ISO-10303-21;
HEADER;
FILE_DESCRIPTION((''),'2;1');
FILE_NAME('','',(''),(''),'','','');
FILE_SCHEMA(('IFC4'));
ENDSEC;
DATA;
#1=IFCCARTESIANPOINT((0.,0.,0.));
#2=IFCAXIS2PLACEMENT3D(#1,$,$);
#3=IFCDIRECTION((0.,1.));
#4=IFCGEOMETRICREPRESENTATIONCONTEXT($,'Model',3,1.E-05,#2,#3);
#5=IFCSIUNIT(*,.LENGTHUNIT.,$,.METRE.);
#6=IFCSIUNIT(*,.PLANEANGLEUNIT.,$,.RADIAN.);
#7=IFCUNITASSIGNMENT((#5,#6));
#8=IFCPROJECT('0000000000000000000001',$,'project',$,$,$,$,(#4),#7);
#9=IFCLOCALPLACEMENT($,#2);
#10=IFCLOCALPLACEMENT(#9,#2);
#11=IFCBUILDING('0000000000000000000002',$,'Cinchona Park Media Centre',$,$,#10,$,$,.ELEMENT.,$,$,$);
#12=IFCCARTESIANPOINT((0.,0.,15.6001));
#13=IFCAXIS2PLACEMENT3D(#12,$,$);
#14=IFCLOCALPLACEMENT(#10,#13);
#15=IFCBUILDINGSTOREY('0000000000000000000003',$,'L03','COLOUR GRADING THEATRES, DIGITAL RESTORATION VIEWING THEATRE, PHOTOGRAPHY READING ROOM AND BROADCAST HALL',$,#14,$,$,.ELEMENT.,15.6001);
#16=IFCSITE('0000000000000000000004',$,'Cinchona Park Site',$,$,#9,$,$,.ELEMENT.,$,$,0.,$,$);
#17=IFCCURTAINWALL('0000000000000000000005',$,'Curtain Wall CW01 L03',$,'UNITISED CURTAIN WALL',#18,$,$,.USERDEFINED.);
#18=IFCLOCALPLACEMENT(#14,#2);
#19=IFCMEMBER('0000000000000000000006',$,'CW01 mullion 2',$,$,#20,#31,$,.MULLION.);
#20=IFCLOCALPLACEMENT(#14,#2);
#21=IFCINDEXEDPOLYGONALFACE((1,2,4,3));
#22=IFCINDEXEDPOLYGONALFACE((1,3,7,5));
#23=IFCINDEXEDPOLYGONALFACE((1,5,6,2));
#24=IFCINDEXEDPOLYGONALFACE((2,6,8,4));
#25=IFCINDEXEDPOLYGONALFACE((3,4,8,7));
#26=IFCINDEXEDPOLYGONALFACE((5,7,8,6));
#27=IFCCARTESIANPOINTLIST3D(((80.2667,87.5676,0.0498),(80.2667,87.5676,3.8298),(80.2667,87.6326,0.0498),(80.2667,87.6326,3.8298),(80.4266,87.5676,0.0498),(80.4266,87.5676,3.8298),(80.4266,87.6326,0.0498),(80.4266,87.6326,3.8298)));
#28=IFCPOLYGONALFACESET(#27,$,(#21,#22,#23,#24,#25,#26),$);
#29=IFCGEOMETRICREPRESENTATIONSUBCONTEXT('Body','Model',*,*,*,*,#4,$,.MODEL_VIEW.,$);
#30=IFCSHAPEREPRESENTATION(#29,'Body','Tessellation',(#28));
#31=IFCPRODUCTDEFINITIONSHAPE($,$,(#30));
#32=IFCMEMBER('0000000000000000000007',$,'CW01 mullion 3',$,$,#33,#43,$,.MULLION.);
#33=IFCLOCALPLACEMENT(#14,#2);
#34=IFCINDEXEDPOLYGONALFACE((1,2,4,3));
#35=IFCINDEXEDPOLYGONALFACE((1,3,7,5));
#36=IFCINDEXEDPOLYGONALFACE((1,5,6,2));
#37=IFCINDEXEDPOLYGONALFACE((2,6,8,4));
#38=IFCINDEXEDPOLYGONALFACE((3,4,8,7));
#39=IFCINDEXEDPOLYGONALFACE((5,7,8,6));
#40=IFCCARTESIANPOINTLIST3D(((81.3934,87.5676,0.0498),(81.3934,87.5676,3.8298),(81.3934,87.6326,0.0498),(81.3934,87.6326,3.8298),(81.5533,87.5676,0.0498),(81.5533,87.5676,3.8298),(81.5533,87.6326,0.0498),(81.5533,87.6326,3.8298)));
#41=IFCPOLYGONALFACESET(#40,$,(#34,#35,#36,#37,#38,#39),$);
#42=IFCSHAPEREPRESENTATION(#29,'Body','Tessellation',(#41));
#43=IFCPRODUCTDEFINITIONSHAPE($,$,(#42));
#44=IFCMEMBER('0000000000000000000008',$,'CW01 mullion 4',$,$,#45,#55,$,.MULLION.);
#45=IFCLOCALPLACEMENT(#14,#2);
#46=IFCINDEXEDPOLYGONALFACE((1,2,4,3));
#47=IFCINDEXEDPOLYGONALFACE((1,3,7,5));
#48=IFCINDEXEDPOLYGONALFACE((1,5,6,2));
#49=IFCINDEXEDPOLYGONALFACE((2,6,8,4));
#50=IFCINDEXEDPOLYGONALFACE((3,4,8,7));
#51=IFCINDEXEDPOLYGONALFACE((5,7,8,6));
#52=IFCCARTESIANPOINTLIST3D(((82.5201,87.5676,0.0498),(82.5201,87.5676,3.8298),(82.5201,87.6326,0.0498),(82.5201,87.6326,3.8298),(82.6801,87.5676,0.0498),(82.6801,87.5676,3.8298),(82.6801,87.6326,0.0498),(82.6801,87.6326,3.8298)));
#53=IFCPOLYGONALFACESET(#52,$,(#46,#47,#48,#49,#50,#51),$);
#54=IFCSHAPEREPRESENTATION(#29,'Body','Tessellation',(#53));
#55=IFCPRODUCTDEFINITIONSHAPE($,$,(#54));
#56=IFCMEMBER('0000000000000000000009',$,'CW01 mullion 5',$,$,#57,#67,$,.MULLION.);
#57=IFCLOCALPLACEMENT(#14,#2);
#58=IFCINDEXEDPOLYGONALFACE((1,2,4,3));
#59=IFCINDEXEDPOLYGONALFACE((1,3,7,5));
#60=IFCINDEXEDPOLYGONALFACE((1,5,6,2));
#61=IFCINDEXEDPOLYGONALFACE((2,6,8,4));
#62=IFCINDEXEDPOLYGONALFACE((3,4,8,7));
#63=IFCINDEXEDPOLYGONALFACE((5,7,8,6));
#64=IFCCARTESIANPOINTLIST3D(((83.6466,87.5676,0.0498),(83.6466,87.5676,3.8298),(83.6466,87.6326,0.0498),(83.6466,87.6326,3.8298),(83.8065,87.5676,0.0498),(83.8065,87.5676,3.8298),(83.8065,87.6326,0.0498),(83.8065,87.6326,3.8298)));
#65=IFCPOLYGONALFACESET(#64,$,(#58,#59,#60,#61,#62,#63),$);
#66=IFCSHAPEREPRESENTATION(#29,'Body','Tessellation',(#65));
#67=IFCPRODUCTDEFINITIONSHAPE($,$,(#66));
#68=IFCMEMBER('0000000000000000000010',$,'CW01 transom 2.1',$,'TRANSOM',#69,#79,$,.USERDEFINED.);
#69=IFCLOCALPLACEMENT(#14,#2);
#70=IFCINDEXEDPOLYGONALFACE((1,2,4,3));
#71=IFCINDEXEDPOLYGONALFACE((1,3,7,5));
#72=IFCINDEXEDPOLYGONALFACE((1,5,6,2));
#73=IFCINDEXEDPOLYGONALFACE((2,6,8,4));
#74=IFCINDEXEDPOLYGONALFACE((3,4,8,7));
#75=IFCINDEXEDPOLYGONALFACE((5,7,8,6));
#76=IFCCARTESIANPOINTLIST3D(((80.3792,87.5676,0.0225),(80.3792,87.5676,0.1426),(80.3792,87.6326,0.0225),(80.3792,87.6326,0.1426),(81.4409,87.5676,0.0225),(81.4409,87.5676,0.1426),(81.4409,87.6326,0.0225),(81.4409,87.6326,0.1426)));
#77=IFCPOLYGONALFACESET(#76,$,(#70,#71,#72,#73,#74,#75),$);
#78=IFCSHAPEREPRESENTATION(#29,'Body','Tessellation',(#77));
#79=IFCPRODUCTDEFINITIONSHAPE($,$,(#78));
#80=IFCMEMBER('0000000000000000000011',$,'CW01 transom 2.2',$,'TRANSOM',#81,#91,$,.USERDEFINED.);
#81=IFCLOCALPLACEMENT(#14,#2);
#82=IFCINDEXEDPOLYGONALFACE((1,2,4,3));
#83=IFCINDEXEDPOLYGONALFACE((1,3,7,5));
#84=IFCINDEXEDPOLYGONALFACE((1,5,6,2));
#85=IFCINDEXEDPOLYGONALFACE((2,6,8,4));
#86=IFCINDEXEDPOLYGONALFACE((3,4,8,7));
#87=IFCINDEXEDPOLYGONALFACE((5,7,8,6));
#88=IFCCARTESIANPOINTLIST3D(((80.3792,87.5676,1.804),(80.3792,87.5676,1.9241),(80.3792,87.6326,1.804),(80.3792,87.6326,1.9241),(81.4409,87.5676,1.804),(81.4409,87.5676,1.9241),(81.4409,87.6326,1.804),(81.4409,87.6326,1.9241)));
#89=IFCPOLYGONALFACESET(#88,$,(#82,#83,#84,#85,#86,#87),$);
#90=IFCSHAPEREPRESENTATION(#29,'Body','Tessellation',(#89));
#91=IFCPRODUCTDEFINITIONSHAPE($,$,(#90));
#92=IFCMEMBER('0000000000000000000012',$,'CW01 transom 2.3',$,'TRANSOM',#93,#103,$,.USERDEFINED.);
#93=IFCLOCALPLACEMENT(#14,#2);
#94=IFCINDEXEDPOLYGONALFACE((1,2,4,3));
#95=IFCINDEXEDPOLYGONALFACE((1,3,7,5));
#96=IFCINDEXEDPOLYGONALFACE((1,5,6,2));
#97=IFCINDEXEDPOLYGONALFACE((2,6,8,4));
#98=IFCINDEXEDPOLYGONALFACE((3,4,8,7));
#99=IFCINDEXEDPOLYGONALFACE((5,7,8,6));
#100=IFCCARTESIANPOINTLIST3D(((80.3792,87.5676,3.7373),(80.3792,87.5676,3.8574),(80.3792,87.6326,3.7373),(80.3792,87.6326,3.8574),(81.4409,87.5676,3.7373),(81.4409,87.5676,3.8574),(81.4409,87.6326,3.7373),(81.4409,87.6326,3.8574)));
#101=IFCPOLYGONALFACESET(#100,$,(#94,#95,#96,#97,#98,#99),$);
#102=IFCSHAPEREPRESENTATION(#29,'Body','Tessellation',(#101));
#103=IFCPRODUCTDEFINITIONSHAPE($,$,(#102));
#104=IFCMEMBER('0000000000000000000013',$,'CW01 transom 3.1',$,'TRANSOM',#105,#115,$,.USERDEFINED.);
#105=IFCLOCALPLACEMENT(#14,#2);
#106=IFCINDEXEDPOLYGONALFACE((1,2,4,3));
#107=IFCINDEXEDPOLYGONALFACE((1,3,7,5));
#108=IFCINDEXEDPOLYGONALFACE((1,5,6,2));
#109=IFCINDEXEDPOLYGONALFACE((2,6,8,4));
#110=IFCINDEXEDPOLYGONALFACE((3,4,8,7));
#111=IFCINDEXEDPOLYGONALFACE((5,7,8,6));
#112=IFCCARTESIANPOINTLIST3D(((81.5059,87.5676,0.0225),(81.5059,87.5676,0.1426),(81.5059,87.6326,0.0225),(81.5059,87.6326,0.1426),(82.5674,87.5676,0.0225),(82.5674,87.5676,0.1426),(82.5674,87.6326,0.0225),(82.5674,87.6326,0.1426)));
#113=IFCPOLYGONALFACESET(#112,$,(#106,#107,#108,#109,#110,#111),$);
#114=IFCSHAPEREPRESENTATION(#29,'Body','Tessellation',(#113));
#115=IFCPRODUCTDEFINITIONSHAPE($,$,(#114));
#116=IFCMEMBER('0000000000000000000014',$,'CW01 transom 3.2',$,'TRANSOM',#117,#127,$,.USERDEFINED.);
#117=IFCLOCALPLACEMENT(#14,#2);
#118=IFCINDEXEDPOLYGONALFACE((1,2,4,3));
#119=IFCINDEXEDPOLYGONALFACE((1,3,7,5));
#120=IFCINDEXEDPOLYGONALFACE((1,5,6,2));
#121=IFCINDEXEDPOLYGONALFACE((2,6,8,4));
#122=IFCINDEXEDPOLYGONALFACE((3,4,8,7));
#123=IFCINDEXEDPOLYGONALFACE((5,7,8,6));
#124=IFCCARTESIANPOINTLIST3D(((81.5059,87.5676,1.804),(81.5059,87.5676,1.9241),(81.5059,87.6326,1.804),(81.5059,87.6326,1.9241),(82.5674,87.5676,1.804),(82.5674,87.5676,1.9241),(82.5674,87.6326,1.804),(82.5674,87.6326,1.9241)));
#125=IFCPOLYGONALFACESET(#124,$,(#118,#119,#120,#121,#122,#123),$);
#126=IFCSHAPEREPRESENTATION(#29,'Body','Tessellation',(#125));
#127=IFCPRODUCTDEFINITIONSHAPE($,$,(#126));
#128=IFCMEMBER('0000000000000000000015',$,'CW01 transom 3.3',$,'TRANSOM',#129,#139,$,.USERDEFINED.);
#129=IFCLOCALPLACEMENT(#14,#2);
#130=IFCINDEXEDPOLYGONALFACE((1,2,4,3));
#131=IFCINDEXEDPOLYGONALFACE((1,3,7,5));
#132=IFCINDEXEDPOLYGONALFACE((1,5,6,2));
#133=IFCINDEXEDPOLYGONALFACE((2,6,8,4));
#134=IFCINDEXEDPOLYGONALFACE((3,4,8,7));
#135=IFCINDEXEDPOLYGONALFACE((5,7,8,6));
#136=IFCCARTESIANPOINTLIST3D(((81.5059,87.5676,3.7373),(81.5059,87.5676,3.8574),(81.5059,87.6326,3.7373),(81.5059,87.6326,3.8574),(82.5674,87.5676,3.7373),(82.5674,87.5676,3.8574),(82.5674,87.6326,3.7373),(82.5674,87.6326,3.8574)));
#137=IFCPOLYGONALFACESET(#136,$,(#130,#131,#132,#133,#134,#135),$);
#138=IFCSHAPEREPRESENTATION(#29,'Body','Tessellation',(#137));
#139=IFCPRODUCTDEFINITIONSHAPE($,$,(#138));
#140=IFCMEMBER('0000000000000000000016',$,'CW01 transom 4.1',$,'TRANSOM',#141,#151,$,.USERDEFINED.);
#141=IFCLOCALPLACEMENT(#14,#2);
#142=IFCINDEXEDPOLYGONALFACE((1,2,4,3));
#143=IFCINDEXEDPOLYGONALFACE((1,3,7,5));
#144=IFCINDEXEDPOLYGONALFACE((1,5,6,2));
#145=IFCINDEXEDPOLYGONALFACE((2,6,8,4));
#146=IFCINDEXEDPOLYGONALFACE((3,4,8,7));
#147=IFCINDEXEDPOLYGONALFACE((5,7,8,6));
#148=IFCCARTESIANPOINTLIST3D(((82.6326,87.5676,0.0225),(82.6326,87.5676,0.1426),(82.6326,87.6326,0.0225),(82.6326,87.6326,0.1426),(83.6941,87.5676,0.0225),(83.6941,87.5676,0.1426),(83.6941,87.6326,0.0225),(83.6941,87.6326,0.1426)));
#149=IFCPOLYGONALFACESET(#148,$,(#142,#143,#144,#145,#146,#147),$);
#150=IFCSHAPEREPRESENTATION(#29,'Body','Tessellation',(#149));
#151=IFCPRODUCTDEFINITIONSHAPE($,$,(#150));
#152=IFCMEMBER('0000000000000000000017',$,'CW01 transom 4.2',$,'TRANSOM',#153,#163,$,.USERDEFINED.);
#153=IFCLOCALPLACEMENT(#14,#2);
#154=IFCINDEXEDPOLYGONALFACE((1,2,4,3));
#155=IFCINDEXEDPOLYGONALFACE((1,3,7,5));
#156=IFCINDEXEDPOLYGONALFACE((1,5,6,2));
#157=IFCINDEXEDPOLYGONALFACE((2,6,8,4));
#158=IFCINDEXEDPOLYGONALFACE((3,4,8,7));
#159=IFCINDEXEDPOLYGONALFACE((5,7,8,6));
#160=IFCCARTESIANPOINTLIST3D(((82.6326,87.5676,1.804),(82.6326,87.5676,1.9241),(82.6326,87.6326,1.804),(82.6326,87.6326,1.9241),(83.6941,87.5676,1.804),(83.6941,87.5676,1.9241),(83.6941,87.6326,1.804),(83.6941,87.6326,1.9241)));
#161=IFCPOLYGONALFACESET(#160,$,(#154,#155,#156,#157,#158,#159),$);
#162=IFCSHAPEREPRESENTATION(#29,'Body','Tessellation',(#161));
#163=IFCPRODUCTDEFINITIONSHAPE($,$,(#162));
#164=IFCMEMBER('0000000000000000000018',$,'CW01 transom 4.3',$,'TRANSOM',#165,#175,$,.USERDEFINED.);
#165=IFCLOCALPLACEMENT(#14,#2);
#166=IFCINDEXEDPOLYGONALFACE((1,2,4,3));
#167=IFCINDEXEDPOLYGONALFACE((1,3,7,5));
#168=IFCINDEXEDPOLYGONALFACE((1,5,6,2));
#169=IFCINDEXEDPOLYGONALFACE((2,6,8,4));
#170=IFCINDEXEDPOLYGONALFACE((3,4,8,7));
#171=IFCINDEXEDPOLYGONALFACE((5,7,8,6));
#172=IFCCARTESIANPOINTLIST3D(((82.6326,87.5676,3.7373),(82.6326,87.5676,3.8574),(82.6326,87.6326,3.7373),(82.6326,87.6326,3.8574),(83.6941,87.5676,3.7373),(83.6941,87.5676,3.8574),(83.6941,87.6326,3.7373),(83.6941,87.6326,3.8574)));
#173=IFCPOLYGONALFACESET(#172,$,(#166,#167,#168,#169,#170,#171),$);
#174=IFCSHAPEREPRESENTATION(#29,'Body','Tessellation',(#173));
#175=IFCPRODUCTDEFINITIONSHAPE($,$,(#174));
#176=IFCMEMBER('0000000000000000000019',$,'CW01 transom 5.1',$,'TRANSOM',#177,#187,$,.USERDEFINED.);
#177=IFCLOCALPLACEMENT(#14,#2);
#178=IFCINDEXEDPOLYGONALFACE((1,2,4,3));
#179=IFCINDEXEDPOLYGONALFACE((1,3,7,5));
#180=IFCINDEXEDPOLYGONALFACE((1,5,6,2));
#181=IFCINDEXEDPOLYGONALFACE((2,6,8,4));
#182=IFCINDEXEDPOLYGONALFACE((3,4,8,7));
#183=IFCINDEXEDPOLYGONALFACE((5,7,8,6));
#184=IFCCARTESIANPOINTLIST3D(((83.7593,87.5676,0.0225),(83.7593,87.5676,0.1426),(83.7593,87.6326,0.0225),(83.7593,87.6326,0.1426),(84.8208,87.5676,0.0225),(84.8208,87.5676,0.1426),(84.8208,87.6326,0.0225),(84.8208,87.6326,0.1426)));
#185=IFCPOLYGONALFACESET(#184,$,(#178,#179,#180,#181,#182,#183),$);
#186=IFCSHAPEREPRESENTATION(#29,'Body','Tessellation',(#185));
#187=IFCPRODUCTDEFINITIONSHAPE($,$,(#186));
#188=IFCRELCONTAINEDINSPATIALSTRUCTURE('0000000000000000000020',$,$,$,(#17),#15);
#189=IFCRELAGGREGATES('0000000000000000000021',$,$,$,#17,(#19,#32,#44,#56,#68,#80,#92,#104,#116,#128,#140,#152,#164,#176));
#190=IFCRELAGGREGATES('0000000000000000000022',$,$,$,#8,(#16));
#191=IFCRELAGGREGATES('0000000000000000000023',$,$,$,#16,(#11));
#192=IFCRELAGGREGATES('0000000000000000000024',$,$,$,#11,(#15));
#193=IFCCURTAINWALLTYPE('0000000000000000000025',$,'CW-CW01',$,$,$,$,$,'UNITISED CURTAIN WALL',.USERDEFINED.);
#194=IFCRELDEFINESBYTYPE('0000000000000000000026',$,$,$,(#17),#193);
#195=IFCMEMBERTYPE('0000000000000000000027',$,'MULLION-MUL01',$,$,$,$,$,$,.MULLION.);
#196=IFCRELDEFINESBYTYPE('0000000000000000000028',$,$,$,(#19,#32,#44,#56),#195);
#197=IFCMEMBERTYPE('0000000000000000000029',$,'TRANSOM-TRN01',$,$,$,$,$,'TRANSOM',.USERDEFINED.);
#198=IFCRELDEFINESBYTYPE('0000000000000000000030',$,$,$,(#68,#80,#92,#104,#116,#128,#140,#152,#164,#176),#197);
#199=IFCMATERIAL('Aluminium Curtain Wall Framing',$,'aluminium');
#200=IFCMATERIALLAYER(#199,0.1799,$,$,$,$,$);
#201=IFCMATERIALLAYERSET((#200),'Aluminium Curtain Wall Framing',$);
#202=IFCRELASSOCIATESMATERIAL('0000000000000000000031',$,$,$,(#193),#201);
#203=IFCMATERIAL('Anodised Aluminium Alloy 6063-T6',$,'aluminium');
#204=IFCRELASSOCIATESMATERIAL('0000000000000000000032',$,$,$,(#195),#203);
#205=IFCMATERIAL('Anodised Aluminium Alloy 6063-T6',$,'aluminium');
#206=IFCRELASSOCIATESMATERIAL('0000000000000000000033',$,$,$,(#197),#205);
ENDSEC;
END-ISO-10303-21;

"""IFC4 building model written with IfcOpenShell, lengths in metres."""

from ifc_helpers import new_model, si_unit, direction, frame, origin, origin_2d, place, context, subcontext, project, spatial, rectangle, extrude, material, layer, layer_set, material_profile, profile_set, type_object, element, aggregate, save


model = new_model("IFC4")

# Units and contexts
model_context = context("Model", 3, precision=1e-05, world=origin(), true_north=direction((0.0, 1.0)))
body_context = subcontext(model_context, "Body", "Model", "MODEL_VIEW")
ifc_project = project(units=[si_unit("LENGTHUNIT", "METRE"), si_unit("PLANEANGLEUNIT", "RADIAN")], contexts=[model_context])

# Site, building, storey
site_placement = place(None, origin())
site = spatial("IfcSite", under=ifc_project, at=site_placement, Name="Cinchona Park Site", CompositionType="ELEMENT", RefElevation=0.0)
building_placement = place(site_placement, origin())
building = spatial("IfcBuilding", under=site, at=building_placement, Name="Cinchona Park Media Centre", CompositionType="ELEMENT")
storey_placement = place(building_placement, frame((0.0, 0.0, 15.6001)))
storey = spatial("IfcBuildingStorey", under=building, at=storey_placement, Name="L03", Description="COLOUR GRADING THEATRES, DIGITAL RESTORATION VIEWING THEATRE, PHOTOGRAPHY READING ROOM AND BROADCAST HALL", CompositionType="ELEMENT", Elevation=15.6001)

# Curtain wall, members
ifc_material_1 = material(Name="Aluminium Curtain Wall Framing", Category="aluminium")
ifc_layer_1 = layer(ifc_material_1, 0.1799)
ifc_layer_set_1 = layer_set([ifc_layer_1], Name="Aluminium Curtain Wall Framing")
curtain_wall_type = type_object("IfcCurtainWallType", Name="CW-CW01", ElementType="UNITISED CURTAIN WALL", PredefinedType="USERDEFINED", material=ifc_layer_set_1)
curtain_wall_placement = place(storey_placement, origin())
curtain_wall = element("IfcCurtainWall", 1, at=curtain_wall_placement, inside=storey, type_object=curtain_wall_type, Name="Curtain Wall CW01 L03", ObjectType="UNITISED CURTAIN WALL", PredefinedType="USERDEFINED")
ifc_material_2 = material(Name="Anodised Aluminium Alloy 6063-T6", Category="aluminium")
ifc_material_profile_1 = material_profile(ifc_material_2, rectangle(XDim=0.0649, YDim=0.1599, at=origin_2d()), Name="MUL-65X160")
ifc_profile_set_1 = profile_set([ifc_material_profile_1], Name="Anodised Aluminium Alloy 6063-T6")
member_type_1 = type_object("IfcMemberType", Name="MULLION-MUL01", PredefinedType="MULLION", material=ifc_profile_set_1)
member_1_placement = place(storey_placement, frame((80.3467, 87.6001, 0.0498), z_axis=(0.0, 0.0, 1.0), x_axis=(0.0, 1.0, 0.0)))
member_1 = element("IfcMember", 2, at=member_1_placement, type_object=member_type_1, Name="CW01 mullion 2", PredefinedType="MULLION", context=body_context, shape_type="SweptSolid", body=[
    extrude(rectangle(XDim=0.0649, YDim=0.1599, at=origin_2d()), origin(), (0.0, 0.0, 1.0), 3.78),
])
member_2_placement = place(storey_placement, frame((81.4734, 87.6001, 0.0498), z_axis=(0.0, 0.0, 1.0), x_axis=(0.0, 1.0, 0.0)))
member_2 = element("IfcMember", 3, at=member_2_placement, type_object=member_type_1, Name="CW01 mullion 3", PredefinedType="MULLION", context=body_context, shape_type="SweptSolid", body=[
    extrude(rectangle(XDim=0.0649, YDim=0.1599, at=origin_2d()), origin(), (0.0, 0.0, 1.0), 3.78),
])
member_3_placement = place(storey_placement, frame((82.6001, 87.6001, 0.0498), z_axis=(0.0, 0.0, 1.0), x_axis=(0.0, 1.0, 0.0)))
member_3 = element("IfcMember", 4, at=member_3_placement, type_object=member_type_1, Name="CW01 mullion 4", PredefinedType="MULLION", context=body_context, shape_type="SweptSolid", body=[
    extrude(rectangle(XDim=0.0649, YDim=0.1599, at=origin_2d()), origin(), (0.0, 0.0, 1.0), 3.78),
])
member_4_placement = place(storey_placement, frame((83.7266, 87.6001, 0.0498), z_axis=(0.0, 0.0, 1.0), x_axis=(0.0, 1.0, 0.0)))
member_4 = element("IfcMember", 5, at=member_4_placement, type_object=member_type_1, Name="CW01 mullion 5", PredefinedType="MULLION", context=body_context, shape_type="SweptSolid", body=[
    extrude(rectangle(XDim=0.0649, YDim=0.1599, at=origin_2d()), origin(), (0.0, 0.0, 1.0), 3.78),
])
ifc_material_3 = material(Name="Anodised Aluminium Alloy 6063-T6", Category="aluminium")
ifc_material_profile_2 = material_profile(ifc_material_3, rectangle(XDim=0.0649, YDim=0.1201, at=origin_2d()), Name="TRN-65X120")
ifc_profile_set_2 = profile_set([ifc_material_profile_2], Name="Anodised Aluminium Alloy 6063-T6")
member_type_2 = type_object("IfcMemberType", Name="TRANSOM-TRN01", ElementType="TRANSOM", PredefinedType="USERDEFINED", material=ifc_profile_set_2)
member_5_placement = place(storey_placement, frame((80.3792, 87.6001, 0.0825), z_axis=(1.0, 0.0, 0.0), x_axis=(0.0, 1.0, 0.0)))
member_5 = element("IfcMember", 6, at=member_5_placement, type_object=member_type_2, Name="CW01 transom 2.1", ObjectType="TRANSOM", PredefinedType="USERDEFINED", context=body_context, shape_type="SweptSolid", body=[
    extrude(rectangle(XDim=0.0649, YDim=0.1201, at=origin_2d()), origin(), (0.0, 0.0, 1.0), 1.0618),
])
member_6_placement = place(storey_placement, frame((80.3792, 87.6001, 1.864), z_axis=(1.0, 0.0, 0.0), x_axis=(0.0, 1.0, 0.0)))
member_6 = element("IfcMember", 7, at=member_6_placement, type_object=member_type_2, Name="CW01 transom 2.2", ObjectType="TRANSOM", PredefinedType="USERDEFINED", context=body_context, shape_type="SweptSolid", body=[
    extrude(rectangle(XDim=0.0649, YDim=0.1201, at=origin_2d()), origin(), (0.0, 0.0, 1.0), 1.0618),
])
member_7_placement = place(storey_placement, frame((80.3792, 87.6001, 3.7974), z_axis=(1.0, 0.0, 0.0), x_axis=(0.0, 1.0, 0.0)))
member_7 = element("IfcMember", 8, at=member_7_placement, type_object=member_type_2, Name="CW01 transom 2.3", ObjectType="TRANSOM", PredefinedType="USERDEFINED", context=body_context, shape_type="SweptSolid", body=[
    extrude(rectangle(XDim=0.0649, YDim=0.1201, at=origin_2d()), origin(), (0.0, 0.0, 1.0), 1.0618),
])
member_8_placement = place(storey_placement, frame((81.5059, 87.6001, 0.0825), z_axis=(1.0, 0.0, 0.0), x_axis=(0.0, 1.0, 0.0)))
member_8 = element("IfcMember", 9, at=member_8_placement, type_object=member_type_2, Name="CW01 transom 3.1", ObjectType="TRANSOM", PredefinedType="USERDEFINED", context=body_context, shape_type="SweptSolid", body=[
    extrude(rectangle(XDim=0.0649, YDim=0.1201, at=origin_2d()), origin(), (0.0, 0.0, 1.0), 1.0615),
])
member_9_placement = place(storey_placement, frame((81.5059, 87.6001, 1.864), z_axis=(1.0, 0.0, 0.0), x_axis=(0.0, 1.0, 0.0)))
member_9 = element("IfcMember", 10, at=member_9_placement, type_object=member_type_2, Name="CW01 transom 3.2", ObjectType="TRANSOM", PredefinedType="USERDEFINED", context=body_context, shape_type="SweptSolid", body=[
    extrude(rectangle(XDim=0.0649, YDim=0.1201, at=origin_2d()), origin(), (0.0, 0.0, 1.0), 1.0615),
])
member_10_placement = place(storey_placement, frame((81.5059, 87.6001, 3.7974), z_axis=(1.0, 0.0, 0.0), x_axis=(0.0, 1.0, 0.0)))
member_10 = element("IfcMember", 11, at=member_10_placement, type_object=member_type_2, Name="CW01 transom 3.3", ObjectType="TRANSOM", PredefinedType="USERDEFINED", context=body_context, shape_type="SweptSolid", body=[
    extrude(rectangle(XDim=0.0649, YDim=0.1201, at=origin_2d()), origin(), (0.0, 0.0, 1.0), 1.0615),
])
member_11_placement = place(storey_placement, frame((82.6326, 87.6001, 0.0825), z_axis=(1.0, 0.0, 0.0), x_axis=(0.0, 1.0, 0.0)))
member_11 = element("IfcMember", 12, at=member_11_placement, type_object=member_type_2, Name="CW01 transom 4.1", ObjectType="TRANSOM", PredefinedType="USERDEFINED", context=body_context, shape_type="SweptSolid", body=[
    extrude(rectangle(XDim=0.0649, YDim=0.1201, at=origin_2d()), origin(), (0.0, 0.0, 1.0), 1.0615),
])
member_12_placement = place(storey_placement, frame((82.6326, 87.6001, 1.864), z_axis=(1.0, 0.0, 0.0), x_axis=(0.0, 1.0, 0.0)))
member_12 = element("IfcMember", 13, at=member_12_placement, type_object=member_type_2, Name="CW01 transom 4.2", ObjectType="TRANSOM", PredefinedType="USERDEFINED", context=body_context, shape_type="SweptSolid", body=[
    extrude(rectangle(XDim=0.0649, YDim=0.1201, at=origin_2d()), origin(), (0.0, 0.0, 1.0), 1.0615),
])
member_13_placement = place(storey_placement, frame((82.6326, 87.6001, 3.7974), z_axis=(1.0, 0.0, 0.0), x_axis=(0.0, 1.0, 0.0)))
member_13 = element("IfcMember", 14, at=member_13_placement, type_object=member_type_2, Name="CW01 transom 4.3", ObjectType="TRANSOM", PredefinedType="USERDEFINED", context=body_context, shape_type="SweptSolid", body=[
    extrude(rectangle(XDim=0.0649, YDim=0.1201, at=origin_2d()), origin(), (0.0, 0.0, 1.0), 1.0615),
])
member_14_placement = place(storey_placement, frame((83.7593, 87.6001, 0.0825), z_axis=(1.0, 0.0, 0.0), x_axis=(0.0, 1.0, 0.0)))
member_14 = element("IfcMember", 15, at=member_14_placement, type_object=member_type_2, Name="CW01 transom 5.1", ObjectType="TRANSOM", PredefinedType="USERDEFINED", context=body_context, shape_type="SweptSolid", body=[
    extrude(rectangle(XDim=0.0649, YDim=0.1201, at=origin_2d()), origin(), (0.0, 0.0, 1.0), 1.0615),
])
aggregate(curtain_wall, [member_1, member_2, member_3, member_4, member_5, member_6, member_7, member_8, member_9, member_10, member_11, member_12, member_13, member_14])

save(model, "model.ifc")
